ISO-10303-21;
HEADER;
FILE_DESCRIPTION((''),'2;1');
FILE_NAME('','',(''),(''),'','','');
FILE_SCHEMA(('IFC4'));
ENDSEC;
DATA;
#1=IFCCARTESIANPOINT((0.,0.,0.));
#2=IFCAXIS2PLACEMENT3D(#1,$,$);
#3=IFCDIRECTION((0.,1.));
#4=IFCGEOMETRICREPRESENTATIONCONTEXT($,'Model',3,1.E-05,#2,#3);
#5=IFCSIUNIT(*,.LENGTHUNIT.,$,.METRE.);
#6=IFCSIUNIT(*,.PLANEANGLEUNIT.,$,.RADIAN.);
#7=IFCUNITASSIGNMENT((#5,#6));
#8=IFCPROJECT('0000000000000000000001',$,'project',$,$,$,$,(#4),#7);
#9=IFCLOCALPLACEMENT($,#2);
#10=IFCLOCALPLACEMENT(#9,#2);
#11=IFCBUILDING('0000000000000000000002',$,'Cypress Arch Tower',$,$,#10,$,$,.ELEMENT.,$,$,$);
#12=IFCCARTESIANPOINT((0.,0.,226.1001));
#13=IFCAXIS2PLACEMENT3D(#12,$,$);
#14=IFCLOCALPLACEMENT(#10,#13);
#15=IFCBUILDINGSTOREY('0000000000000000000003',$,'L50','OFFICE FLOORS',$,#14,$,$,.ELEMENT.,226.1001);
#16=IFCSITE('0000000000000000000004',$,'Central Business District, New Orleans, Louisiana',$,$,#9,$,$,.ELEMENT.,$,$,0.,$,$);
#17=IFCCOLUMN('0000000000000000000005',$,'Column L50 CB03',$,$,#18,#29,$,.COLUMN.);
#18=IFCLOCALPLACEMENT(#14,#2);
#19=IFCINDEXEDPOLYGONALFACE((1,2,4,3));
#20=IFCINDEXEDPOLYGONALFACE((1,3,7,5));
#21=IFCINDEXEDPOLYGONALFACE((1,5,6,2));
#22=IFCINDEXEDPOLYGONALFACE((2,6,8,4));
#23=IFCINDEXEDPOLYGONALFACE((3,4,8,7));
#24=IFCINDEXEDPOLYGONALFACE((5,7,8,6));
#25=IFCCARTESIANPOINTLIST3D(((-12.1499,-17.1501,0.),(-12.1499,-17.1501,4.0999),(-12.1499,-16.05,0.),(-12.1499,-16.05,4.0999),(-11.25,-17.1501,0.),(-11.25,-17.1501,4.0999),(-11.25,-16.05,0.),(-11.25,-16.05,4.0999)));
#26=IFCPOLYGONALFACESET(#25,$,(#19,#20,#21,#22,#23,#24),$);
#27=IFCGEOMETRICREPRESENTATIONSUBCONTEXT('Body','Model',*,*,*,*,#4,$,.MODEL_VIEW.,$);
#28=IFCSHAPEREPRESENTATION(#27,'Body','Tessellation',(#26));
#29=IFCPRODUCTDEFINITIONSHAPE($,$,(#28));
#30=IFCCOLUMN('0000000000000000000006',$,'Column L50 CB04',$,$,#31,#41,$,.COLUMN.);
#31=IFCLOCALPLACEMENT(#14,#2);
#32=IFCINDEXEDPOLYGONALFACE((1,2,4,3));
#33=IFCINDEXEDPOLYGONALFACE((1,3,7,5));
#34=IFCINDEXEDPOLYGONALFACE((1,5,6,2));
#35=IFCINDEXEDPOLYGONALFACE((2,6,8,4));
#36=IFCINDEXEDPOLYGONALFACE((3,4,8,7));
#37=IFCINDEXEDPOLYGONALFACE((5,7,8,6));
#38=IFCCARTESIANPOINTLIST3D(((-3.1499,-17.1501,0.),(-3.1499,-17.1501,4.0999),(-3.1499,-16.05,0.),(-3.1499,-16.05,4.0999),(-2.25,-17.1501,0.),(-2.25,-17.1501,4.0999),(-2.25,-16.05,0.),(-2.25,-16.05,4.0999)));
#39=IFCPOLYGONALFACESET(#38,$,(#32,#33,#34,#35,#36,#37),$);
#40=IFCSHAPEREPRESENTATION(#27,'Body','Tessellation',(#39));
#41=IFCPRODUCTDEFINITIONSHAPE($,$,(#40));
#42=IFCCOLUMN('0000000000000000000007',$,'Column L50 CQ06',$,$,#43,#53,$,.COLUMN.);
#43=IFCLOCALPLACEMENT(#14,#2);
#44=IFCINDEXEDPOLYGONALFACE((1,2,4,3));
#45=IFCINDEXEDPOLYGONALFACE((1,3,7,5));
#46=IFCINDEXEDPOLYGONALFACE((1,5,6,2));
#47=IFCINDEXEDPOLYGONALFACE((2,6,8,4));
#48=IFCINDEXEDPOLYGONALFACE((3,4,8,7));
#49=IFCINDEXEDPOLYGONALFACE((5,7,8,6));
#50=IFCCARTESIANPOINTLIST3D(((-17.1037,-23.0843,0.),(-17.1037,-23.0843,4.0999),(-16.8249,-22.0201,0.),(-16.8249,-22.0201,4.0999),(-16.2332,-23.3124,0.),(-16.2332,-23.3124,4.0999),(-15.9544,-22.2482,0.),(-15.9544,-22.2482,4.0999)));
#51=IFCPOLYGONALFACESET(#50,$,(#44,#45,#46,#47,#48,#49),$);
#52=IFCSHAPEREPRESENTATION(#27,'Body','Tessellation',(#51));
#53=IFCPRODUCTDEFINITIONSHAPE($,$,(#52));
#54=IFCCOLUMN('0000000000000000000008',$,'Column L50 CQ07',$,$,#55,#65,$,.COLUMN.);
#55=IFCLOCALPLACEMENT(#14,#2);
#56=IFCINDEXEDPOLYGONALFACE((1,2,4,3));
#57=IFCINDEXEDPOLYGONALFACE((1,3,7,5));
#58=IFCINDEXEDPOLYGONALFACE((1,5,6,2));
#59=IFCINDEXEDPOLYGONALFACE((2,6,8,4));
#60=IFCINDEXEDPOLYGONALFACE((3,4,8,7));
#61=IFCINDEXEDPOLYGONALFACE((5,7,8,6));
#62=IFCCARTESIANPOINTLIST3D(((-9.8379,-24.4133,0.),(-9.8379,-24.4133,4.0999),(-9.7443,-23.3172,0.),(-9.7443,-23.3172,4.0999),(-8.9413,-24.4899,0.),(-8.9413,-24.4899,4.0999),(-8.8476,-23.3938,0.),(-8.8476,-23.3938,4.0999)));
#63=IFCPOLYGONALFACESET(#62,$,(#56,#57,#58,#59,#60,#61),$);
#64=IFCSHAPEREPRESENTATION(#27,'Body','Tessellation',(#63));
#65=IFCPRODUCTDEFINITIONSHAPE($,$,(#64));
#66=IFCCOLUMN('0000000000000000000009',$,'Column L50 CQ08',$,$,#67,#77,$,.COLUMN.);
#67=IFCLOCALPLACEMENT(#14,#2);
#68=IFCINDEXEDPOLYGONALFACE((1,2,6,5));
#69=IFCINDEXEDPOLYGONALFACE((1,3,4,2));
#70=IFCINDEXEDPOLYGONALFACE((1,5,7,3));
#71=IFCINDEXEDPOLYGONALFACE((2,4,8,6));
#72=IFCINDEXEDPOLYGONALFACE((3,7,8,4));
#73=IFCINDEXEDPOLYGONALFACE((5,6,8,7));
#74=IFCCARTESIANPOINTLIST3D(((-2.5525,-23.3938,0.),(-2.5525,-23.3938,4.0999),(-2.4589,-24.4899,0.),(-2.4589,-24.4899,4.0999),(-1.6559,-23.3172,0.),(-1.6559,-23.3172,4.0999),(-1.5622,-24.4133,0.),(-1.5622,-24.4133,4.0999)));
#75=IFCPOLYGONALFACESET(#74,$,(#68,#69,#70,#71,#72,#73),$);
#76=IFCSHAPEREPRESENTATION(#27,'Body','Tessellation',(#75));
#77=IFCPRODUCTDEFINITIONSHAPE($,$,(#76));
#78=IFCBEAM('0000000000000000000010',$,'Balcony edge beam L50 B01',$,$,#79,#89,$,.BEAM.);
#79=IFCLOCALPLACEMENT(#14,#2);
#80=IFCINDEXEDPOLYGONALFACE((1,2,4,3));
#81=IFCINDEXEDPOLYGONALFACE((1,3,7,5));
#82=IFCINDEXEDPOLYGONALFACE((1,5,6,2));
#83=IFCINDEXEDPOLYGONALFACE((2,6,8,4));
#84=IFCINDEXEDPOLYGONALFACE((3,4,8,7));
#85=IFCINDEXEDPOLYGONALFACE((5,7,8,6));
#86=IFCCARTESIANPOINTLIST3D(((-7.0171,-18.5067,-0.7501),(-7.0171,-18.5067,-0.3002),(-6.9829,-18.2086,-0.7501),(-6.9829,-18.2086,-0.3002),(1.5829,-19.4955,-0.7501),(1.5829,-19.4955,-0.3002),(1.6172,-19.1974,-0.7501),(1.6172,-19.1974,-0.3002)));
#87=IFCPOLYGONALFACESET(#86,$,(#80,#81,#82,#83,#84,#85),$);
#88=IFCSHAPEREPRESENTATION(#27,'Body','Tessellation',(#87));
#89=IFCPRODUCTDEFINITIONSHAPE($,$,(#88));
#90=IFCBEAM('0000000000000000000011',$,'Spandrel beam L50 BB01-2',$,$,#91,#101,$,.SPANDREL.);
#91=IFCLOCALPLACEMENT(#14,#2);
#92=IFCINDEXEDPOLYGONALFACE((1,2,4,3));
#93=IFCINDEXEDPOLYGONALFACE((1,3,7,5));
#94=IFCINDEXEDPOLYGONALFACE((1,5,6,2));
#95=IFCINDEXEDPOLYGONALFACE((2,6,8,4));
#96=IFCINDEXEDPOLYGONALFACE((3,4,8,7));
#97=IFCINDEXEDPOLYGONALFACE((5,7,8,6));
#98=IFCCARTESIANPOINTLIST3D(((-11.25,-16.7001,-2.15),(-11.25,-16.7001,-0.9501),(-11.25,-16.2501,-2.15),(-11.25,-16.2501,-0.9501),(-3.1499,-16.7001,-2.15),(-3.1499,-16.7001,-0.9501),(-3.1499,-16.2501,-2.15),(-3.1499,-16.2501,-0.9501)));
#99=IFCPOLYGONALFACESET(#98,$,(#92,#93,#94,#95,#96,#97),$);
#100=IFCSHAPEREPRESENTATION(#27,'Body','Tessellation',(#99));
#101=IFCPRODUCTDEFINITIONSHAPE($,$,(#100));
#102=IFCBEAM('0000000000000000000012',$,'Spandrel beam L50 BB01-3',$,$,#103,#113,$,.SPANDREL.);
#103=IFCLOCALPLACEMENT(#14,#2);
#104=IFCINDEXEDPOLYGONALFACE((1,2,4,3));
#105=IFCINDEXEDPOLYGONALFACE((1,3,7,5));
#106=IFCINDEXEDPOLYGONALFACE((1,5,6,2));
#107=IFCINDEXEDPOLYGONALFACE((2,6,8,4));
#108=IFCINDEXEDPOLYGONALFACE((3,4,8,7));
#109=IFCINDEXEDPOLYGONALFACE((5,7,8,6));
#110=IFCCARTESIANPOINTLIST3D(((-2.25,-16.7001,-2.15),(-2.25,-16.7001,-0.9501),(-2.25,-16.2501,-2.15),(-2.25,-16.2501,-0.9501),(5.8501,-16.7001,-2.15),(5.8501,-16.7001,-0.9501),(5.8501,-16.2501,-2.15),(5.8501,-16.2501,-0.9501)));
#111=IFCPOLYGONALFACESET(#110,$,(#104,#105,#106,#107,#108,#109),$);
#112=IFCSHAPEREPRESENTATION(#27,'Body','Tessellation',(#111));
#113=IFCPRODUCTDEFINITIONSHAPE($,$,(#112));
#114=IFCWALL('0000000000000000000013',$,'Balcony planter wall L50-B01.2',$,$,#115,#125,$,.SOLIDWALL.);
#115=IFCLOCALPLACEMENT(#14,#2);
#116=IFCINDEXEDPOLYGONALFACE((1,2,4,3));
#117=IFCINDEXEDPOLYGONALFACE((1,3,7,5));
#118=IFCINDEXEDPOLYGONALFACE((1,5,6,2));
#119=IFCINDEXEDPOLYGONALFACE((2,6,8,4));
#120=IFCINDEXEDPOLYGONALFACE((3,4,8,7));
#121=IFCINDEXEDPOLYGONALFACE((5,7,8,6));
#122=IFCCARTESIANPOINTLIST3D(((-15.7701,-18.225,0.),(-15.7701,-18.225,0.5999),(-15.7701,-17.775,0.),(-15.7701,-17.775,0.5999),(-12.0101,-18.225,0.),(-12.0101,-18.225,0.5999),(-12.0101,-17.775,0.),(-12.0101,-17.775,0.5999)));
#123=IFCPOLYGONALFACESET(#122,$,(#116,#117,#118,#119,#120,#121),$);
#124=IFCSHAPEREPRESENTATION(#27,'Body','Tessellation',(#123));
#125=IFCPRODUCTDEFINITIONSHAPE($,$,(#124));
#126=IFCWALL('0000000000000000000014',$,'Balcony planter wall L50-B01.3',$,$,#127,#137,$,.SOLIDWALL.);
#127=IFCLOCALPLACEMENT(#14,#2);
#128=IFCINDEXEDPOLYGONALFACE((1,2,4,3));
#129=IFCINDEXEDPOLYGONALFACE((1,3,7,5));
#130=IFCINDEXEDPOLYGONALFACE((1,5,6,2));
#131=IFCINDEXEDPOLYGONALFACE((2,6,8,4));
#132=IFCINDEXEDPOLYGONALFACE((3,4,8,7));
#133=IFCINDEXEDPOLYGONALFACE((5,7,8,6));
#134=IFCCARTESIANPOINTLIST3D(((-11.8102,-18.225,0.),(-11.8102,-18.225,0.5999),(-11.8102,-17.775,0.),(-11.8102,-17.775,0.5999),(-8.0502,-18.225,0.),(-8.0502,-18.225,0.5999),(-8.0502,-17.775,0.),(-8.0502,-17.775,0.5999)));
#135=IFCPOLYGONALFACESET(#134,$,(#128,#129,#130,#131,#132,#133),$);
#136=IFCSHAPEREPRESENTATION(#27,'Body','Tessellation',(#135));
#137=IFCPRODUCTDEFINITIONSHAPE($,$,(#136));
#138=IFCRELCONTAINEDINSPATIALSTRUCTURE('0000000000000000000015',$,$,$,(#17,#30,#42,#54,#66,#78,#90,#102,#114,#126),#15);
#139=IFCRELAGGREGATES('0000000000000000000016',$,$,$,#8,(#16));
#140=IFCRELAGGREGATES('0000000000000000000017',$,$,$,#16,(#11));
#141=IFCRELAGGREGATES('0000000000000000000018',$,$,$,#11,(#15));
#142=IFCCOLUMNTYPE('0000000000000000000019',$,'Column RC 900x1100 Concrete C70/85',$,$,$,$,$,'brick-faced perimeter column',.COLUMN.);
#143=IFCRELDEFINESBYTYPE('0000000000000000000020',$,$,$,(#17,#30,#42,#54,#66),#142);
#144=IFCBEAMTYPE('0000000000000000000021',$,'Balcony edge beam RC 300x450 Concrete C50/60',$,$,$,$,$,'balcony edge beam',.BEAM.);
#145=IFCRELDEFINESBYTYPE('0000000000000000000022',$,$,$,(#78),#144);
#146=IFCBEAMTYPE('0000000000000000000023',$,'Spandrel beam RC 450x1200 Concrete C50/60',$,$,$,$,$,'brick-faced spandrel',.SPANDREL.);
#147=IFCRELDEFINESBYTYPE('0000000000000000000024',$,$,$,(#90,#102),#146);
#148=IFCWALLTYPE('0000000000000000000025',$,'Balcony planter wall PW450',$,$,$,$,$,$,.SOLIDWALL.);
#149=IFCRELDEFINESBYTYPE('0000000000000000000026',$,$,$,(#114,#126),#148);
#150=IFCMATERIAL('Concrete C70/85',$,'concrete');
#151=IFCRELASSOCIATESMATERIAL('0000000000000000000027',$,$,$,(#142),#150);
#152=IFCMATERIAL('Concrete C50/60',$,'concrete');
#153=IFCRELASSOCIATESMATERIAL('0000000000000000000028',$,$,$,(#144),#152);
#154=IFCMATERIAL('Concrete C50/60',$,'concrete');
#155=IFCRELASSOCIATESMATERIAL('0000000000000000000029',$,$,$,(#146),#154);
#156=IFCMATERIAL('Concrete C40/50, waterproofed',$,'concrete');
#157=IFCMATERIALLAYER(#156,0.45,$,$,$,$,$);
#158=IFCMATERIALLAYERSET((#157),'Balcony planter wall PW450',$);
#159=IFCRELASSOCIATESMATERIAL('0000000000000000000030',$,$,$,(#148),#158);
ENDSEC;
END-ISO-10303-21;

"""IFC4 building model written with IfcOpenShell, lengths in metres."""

from ifc_helpers import new_model, si_unit, direction, frame, frame_2d, origin, origin_2d, place, context, subcontext, project, spatial, rectangle, extrude, material, layer, layer_set, material_profile, profile_set, type_object, element, save


model = new_model("IFC4")

# Units and contexts
model_context = context("Model", 3, precision=1e-05, world=origin(), true_north=direction((0.0, 1.0)))
body_context = subcontext(model_context, "Body", "Model", "MODEL_VIEW")
ifc_project = project(units=[si_unit("LENGTHUNIT", "METRE"), si_unit("PLANEANGLEUNIT", "RADIAN")], contexts=[model_context])

# Site, building, storey
site_placement = place(None, origin())
site = spatial("IfcSite", under=ifc_project, at=site_placement, Name="Central Business District, New Orleans, Louisiana", CompositionType="ELEMENT", RefElevation=0.0)
building_placement = place(site_placement, origin())
building = spatial("IfcBuilding", under=site, at=building_placement, Name="Cypress Arch Tower", CompositionType="ELEMENT")
storey_placement = place(building_placement, frame((0.0, 0.0, 226.1001)))
storey = spatial("IfcBuildingStorey", under=building, at=storey_placement, Name="L50", Description="OFFICE FLOORS", CompositionType="ELEMENT", Elevation=226.1001)

# Columns
ifc_material_1 = material(Name="Concrete C70/85", Category="concrete")
ifc_material_profile_1 = material_profile(ifc_material_1, rectangle(XDim=0.8999, YDim=1.1001, at=origin_2d()), Name="RC 900x1100")
ifc_profile_set_1 = profile_set([ifc_material_profile_1], Name="Concrete C70/85")
column_type = type_object("IfcColumnType", Name="Column RC 900x1100 Concrete C70/85", ElementType="brick-faced perimeter column", PredefinedType="COLUMN", material=ifc_profile_set_1)
for number, where, z_axis, x_axis, name in (
    (1, (-11.7, -16.6001, 0.0), (0.0, 0.0, 1.0), (1.0, 0.0, 0.0), "Column L50 CB03"),
    (2, (-2.7, -16.6001, 0.0), (0.0, 0.0, 1.0), (1.0, 0.0, 0.0), "Column L50 CB04"),
    (3, (-16.5291, -22.6663, 0.0), (0.0, 0.0, 1.0), (0.967356, -0.253422, 0.0), "Column L50 CQ06"),
    (4, (-9.3428, -23.9036, 0.0), (0.0, 0.0, 1.0), (0.996368, -0.085149, 0.0), "Column L50 CQ07"),
    (5, (-2.0574, -23.9036, 0.0), (0.0, 0.0, 1.0), (0.996368, 0.085149, 0.0), "Column L50 CQ08"),
):
    element("IfcColumn", number, at=place(storey_placement, frame(where, z_axis=z_axis, x_axis=x_axis)), inside=storey, type_object=column_type, Name=name, PredefinedType="COLUMN", context=body_context, shape_type="SweptSolid", body=[
        extrude(rectangle(XDim=0.8999, YDim=1.1001, at=origin_2d()), origin(), (0.0, 0.0, 1.0), 4.0999),
    ])

# Beams
ifc_material_2 = material(Name="Concrete C50/60", Category="concrete")
ifc_material_profile_2 = material_profile(ifc_material_2, rectangle(XDim=0.3, YDim=0.45, at=origin_2d()), Name="RC 300x450")
ifc_profile_set_2 = profile_set([ifc_material_profile_2], Name="Concrete C50/60")
beam_type_1 = type_object("IfcBeamType", Name="Balcony edge beam RC 300x450 Concrete C50/60", ElementType="balcony edge beam", PredefinedType="BEAM", material=ifc_profile_set_2)
beam_placement = place(storey_placement, frame((-7.0, -18.3577, -0.5251), z_axis=(0.993456, -0.114219, 0.0), x_axis=(0.114219, 0.993456, 0.0)))
element("IfcBeam", 6, at=beam_placement, inside=storey, type_object=beam_type_1, Name="Balcony edge beam L50 B01", PredefinedType="BEAM", context=body_context, shape_type="SweptSolid", body=[
    extrude(rectangle(XDim=0.3, YDim=0.45, at=origin_2d()), origin(), (0.0, 0.0, 1.0), 8.6567),
])
ifc_material_3 = material(Name="Concrete C50/60", Category="concrete")
ifc_material_profile_3 = material_profile(ifc_material_3, rectangle(XDim=0.45, YDim=1.2, at=origin_2d()), Name="RC 450x1200")
ifc_profile_set_3 = profile_set([ifc_material_profile_3], Name="Concrete C50/60")
beam_type_2 = type_object("IfcBeamType", Name="Spandrel beam RC 450x1200 Concrete C50/60", ElementType="brick-faced spandrel", PredefinedType="SPANDREL", material=ifc_profile_set_3)
for number, where, z_axis, x_axis, name in (
    (7, (-11.25, -16.4751, -1.55), (1.0, 0.0, 0.0), (0.0, 1.0, 0.0), "Spandrel beam L50 BB01-2"),
    (8, (-2.25, -16.4751, -1.55), (1.0, 0.0, 0.0), (0.0, 1.0, 0.0), "Spandrel beam L50 BB01-3"),
):
    element("IfcBeam", number, at=place(storey_placement, frame(where, z_axis=z_axis, x_axis=x_axis)), inside=storey, type_object=beam_type_2, Name=name, PredefinedType="SPANDREL", context=body_context, shape_type="SweptSolid", body=[
        extrude(rectangle(XDim=0.45, YDim=1.2, at=origin_2d()), origin(), (0.0, 0.0, 1.0), 8.1001),
    ])

# Walls
ifc_material_4 = material(Name="Concrete C40/50, waterproofed", Category="concrete")
ifc_layer_1 = layer(ifc_material_4, 0.45)
ifc_layer_set_1 = layer_set([ifc_layer_1], Name="Balcony planter wall PW450")
wall_type_1 = type_object("IfcWallType", Name="Balcony planter wall PW450", PredefinedType="SOLIDWALL", material=ifc_layer_set_1)
for number, where, z_axis, x_axis, name in (
    (9, (-15.77, -18.0, 0.0), (0.0, 0.0, 1.0), (1.0, 0.0, 0.0), "Balcony planter wall L50-B01.2"),
    (10, (-11.8101, -18.0, 0.0), (0.0, 0.0, 1.0), (1.0, 0.0, 0.0), "Balcony planter wall L50-B01.3"),
):
    element("IfcWall", number, at=place(storey_placement, frame(where, z_axis=z_axis, x_axis=x_axis)), inside=storey, type_object=wall_type_1, Name=name, PredefinedType="SOLIDWALL", context=body_context, shape_type="SweptSolid", body=[
        extrude(rectangle(XDim=3.76, YDim=0.45, at=frame_2d((1.8799, 0.0))), origin(), (0.0, 0.0, 1.0), 0.5999),
    ])

save(model, "model.ifc")
